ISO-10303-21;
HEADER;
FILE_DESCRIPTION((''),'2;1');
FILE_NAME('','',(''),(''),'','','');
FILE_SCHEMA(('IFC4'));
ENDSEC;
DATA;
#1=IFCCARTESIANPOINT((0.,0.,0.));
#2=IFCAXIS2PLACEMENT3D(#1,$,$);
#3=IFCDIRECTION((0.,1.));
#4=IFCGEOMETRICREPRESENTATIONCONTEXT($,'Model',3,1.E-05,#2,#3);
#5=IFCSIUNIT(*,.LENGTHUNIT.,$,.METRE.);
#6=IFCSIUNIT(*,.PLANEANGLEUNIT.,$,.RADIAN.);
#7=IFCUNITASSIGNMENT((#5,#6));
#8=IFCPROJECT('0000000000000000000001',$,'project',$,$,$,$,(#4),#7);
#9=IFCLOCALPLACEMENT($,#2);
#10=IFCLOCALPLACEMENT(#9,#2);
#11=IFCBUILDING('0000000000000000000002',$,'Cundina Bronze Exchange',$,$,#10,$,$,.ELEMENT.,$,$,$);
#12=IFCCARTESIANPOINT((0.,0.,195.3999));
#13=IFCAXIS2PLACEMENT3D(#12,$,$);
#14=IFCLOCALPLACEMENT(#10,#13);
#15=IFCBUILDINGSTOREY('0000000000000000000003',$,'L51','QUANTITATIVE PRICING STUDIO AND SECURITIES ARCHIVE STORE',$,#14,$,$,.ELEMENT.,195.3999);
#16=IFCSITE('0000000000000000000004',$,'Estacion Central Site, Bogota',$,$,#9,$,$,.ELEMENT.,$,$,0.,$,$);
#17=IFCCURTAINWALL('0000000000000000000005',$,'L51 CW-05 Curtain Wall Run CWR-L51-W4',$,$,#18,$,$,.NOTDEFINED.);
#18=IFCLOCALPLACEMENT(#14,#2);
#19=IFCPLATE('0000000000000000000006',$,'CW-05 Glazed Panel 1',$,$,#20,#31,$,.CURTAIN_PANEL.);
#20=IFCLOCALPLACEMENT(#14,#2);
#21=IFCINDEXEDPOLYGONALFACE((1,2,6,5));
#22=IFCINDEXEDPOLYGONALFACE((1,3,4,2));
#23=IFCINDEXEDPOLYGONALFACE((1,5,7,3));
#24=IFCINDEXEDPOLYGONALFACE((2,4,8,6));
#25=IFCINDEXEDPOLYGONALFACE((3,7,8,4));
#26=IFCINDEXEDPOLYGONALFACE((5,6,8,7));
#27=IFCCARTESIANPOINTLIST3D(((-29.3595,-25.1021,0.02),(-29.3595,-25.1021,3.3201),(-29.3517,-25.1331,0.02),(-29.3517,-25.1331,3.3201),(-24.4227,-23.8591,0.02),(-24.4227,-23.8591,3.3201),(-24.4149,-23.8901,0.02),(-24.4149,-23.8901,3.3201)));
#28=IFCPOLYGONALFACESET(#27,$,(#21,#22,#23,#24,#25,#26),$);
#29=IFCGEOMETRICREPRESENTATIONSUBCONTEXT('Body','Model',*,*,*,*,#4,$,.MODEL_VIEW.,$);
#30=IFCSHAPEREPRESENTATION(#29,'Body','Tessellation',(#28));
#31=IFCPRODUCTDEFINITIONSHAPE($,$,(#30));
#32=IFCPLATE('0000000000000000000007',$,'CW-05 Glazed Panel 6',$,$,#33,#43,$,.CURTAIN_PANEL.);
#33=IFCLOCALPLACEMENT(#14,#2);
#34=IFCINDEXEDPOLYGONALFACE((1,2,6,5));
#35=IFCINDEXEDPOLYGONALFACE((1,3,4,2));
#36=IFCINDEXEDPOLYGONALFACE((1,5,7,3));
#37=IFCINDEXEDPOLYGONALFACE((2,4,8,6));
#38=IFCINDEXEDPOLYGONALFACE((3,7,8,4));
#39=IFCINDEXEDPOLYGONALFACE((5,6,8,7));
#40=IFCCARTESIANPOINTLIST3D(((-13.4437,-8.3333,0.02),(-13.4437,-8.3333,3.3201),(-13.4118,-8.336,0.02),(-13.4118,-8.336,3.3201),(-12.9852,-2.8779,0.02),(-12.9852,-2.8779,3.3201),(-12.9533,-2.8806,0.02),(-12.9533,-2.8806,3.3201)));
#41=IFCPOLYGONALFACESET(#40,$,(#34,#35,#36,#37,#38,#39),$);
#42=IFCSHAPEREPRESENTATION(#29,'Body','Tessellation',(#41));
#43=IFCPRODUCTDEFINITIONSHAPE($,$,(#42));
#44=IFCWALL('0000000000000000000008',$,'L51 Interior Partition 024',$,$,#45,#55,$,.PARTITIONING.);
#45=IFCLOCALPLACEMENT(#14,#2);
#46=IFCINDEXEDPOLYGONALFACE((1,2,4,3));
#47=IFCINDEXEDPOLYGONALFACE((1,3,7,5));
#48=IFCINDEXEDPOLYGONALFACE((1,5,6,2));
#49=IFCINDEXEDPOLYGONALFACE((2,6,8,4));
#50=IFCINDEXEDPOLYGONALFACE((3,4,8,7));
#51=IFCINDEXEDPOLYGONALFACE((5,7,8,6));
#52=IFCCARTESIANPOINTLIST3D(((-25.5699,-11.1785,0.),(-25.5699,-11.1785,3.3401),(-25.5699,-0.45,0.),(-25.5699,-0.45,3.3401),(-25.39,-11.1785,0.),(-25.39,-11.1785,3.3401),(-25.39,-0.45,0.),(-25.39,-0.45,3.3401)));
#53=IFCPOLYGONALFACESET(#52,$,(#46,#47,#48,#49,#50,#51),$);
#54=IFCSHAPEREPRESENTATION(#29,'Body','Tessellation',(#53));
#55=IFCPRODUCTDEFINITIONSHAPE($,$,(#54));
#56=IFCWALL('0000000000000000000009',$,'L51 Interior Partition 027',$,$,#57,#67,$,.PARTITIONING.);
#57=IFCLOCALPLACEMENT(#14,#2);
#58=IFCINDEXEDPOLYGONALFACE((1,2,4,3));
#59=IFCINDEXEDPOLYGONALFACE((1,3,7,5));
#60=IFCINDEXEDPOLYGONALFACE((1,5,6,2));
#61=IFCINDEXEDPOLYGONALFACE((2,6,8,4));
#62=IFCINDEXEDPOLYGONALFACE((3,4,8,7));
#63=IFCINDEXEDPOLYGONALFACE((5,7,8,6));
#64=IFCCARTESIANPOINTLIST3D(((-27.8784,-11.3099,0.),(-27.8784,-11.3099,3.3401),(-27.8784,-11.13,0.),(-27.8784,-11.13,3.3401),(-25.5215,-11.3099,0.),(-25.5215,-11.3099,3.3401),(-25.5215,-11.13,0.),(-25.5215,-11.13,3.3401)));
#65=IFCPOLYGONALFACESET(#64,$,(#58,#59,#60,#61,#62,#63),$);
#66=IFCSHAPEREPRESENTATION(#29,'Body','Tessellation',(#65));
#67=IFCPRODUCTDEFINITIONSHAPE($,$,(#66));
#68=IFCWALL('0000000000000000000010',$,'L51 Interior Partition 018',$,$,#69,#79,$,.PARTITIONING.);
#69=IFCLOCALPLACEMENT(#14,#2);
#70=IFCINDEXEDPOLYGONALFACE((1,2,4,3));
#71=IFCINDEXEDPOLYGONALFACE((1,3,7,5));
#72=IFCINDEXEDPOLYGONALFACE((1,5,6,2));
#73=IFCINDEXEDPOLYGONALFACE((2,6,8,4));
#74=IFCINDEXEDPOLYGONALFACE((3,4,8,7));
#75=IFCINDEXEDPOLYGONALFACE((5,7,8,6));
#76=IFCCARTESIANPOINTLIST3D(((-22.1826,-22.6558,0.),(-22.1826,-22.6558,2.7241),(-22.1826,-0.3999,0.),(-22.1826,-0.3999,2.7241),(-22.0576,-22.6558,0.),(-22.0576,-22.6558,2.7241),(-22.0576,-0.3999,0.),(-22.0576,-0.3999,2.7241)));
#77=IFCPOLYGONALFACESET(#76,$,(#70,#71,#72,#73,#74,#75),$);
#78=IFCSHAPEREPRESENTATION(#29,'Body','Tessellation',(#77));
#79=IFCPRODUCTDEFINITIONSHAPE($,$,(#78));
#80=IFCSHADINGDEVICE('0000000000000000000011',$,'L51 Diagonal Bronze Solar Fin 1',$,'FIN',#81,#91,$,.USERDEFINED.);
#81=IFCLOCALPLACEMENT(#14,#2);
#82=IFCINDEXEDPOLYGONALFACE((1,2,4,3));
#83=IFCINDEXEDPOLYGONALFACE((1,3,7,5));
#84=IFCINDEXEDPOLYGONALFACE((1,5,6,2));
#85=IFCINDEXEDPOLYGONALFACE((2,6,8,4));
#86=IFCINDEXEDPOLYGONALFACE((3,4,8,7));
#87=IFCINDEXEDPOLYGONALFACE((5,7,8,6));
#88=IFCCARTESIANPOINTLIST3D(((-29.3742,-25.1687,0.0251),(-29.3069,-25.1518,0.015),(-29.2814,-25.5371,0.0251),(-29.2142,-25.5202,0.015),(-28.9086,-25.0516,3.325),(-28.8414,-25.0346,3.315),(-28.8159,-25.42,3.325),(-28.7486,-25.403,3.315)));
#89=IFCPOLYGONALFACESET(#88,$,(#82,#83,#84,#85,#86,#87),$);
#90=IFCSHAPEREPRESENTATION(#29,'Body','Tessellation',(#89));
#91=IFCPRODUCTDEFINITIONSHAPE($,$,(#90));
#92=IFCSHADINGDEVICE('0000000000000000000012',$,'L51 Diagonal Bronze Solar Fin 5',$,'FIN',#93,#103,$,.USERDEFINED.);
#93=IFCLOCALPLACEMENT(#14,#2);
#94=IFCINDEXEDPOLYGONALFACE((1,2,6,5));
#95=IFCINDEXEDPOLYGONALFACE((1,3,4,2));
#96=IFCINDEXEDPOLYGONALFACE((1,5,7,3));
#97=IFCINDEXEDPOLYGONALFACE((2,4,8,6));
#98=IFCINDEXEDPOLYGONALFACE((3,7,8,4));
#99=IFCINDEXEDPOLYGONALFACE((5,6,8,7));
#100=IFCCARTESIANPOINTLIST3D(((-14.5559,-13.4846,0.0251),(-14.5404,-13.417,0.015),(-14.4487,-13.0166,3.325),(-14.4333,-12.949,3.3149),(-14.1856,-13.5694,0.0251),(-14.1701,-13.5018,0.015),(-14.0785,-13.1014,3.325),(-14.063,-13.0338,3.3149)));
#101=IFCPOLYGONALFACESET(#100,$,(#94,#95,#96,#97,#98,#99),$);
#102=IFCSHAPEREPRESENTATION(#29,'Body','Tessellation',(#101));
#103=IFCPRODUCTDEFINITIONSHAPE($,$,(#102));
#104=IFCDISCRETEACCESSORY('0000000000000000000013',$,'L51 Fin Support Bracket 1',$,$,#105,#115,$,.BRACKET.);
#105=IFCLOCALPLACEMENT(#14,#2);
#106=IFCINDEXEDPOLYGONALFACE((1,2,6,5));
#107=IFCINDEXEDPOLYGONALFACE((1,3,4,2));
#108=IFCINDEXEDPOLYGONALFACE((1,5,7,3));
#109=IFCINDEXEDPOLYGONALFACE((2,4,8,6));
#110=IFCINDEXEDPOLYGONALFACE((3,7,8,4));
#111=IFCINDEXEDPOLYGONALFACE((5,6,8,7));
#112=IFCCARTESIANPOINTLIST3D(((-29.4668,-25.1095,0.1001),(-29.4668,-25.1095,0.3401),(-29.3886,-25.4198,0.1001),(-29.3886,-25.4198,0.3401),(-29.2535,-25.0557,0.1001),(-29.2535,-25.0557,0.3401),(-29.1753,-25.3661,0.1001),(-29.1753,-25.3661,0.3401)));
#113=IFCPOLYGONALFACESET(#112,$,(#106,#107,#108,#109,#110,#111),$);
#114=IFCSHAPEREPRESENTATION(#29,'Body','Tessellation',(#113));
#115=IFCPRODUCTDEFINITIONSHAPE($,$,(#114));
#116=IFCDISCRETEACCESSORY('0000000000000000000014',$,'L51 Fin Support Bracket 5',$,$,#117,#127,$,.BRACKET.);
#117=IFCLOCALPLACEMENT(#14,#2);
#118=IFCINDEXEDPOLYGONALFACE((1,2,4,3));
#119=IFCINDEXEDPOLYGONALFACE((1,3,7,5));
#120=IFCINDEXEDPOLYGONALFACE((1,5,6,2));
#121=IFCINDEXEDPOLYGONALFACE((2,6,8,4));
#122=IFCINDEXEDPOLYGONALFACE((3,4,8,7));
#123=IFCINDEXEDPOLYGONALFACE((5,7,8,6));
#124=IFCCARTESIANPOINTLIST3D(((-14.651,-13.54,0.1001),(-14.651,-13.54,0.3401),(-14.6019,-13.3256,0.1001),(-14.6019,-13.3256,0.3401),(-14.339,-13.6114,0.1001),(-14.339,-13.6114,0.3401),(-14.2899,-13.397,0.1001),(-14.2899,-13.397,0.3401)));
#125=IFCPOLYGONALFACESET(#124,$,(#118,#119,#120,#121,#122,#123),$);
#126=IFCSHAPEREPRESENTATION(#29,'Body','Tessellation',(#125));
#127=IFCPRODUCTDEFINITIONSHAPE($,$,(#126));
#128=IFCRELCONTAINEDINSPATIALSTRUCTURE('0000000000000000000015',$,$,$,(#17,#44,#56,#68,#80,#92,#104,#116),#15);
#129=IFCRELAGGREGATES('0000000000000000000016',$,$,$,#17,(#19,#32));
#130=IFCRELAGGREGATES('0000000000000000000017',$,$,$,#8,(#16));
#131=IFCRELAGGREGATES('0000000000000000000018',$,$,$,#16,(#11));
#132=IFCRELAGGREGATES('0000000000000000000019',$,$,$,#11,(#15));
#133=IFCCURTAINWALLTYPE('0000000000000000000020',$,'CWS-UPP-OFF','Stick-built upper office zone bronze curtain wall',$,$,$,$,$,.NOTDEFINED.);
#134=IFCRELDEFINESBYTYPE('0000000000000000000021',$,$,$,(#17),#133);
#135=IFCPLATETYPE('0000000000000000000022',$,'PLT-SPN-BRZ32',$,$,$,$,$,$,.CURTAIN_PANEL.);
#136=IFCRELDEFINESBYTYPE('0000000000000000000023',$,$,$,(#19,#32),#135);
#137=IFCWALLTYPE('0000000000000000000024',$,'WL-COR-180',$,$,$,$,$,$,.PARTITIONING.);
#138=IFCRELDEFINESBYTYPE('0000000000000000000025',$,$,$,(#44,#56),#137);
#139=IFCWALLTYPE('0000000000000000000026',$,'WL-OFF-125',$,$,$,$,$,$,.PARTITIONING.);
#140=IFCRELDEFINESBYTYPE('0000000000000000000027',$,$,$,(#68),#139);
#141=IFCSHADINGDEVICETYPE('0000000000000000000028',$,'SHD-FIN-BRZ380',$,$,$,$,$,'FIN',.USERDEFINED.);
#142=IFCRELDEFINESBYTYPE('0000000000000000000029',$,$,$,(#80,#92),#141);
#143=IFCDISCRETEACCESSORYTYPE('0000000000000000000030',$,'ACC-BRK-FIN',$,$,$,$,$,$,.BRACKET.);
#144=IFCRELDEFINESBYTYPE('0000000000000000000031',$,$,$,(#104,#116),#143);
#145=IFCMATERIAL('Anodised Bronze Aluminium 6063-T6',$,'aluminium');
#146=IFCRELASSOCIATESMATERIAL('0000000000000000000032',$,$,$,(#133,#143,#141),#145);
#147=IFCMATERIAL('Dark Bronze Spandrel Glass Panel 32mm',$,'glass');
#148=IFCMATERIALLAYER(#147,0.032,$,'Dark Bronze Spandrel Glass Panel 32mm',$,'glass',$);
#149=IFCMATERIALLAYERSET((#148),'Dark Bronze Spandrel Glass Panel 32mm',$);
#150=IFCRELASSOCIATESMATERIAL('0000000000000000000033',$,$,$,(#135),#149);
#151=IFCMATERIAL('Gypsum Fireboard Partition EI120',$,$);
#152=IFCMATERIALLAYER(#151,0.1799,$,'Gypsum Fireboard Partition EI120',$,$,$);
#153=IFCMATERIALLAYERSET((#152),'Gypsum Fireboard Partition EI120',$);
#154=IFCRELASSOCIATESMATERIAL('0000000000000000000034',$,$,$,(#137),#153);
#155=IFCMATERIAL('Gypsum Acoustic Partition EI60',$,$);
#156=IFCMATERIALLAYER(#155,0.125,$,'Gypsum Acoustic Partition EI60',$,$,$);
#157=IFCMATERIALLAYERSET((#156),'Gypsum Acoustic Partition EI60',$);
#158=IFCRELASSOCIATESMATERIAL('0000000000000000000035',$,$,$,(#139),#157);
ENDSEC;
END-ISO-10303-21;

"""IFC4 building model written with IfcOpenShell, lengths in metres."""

from ifc_helpers import new_model, si_unit, direction, frame, frame_2d, origin, origin_2d, place, context, subcontext, project, spatial, rectangle, extrude, material, layer, layer_set, material_profile, profile_set, type_object, element, aggregate, save


model = new_model("IFC4")

# Units and contexts
model_context = context("Model", 3, precision=1e-05, world=origin(), true_north=direction((0.0, 1.0)))
body_context = subcontext(model_context, "Body", "Model", "MODEL_VIEW")
ifc_project = project(units=[si_unit("LENGTHUNIT", "METRE"), si_unit("PLANEANGLEUNIT", "RADIAN")], contexts=[model_context])

# Site, building, storey
site_placement = place(None, origin())
site = spatial("IfcSite", under=ifc_project, at=site_placement, Name="Estacion Central Site, Bogota", CompositionType="ELEMENT", RefElevation=0.0)
building_placement = place(site_placement, origin())
building = spatial("IfcBuilding", under=site, at=building_placement, Name="Cundina Bronze Exchange", CompositionType="ELEMENT")
storey_placement = place(building_placement, frame((0.0, 0.0, 195.3999)))
storey = spatial("IfcBuildingStorey", under=building, at=storey_placement, Name="L51", Description="QUANTITATIVE PRICING STUDIO AND SECURITIES ARCHIVE STORE", CompositionType="ELEMENT", Elevation=195.3999)

# Curtain wall, plates
ifc_material_1 = material(Name="Anodised Bronze Aluminium 6063-T6", Category="aluminium")
curtain_wall_type = type_object("IfcCurtainWallType", Name="CWS-UPP-OFF", Description="Stick-built upper office zone bronze curtain wall", PredefinedType="NOTDEFINED", material=ifc_material_1)
curtain_wall_placement = place(storey_placement, origin())
curtain_wall = element("IfcCurtainWall", 1, at=curtain_wall_placement, inside=storey, type_object=curtain_wall_type, Name="L51 CW-05 Curtain Wall Run CWR-L51-W4", PredefinedType="NOTDEFINED")
ifc_material_2 = material(Name="Dark Bronze Spandrel Glass Panel 32mm", Category="glass")
ifc_layer_1 = layer(ifc_material_2, 0.032, Name="Dark Bronze Spandrel Glass Panel 32mm", Category="glass")
ifc_layer_set_1 = layer_set([ifc_layer_1], Name="Dark Bronze Spandrel Glass Panel 32mm")
plate_type_1 = type_object("IfcPlateType", Name="PLT-SPN-BRZ32", PredefinedType="CURTAIN_PANEL", material=ifc_layer_set_1)
plate_1_placement = place(storey_placement, frame((-26.8872, -24.4961, 0.02), z_axis=(0.0, 0.0, 1.0), x_axis=(0.969732, 0.244174, 0.0)))
plate_1 = element("IfcPlate", 2, at=plate_1_placement, type_object=plate_type_1, Name="CW-05 Glazed Panel 1", PredefinedType="CURTAIN_PANEL", context=body_context, shape_type="SweptSolid", body=[
    extrude(rectangle(XDim=5.0908, YDim=0.032, at=origin_2d()), origin(), (0.0, 0.0, 1.0), 3.3),
])
plate_2_placement = place(storey_placement, frame((-13.1985, -5.6069, 0.02), z_axis=(0.0, 0.0, 1.0), x_axis=(0.083747, 0.996487, 0.0)))
plate_2 = element("IfcPlate", 3, at=plate_2_placement, type_object=plate_type_1, Name="CW-05 Glazed Panel 6", PredefinedType="CURTAIN_PANEL", context=body_context, shape_type="SweptSolid", body=[
    extrude(rectangle(XDim=5.4746, YDim=0.032, at=origin_2d()), origin(), (0.0, 0.0, 1.0), 3.3),
])
aggregate(curtain_wall, [plate_1, plate_2])

# Walls
ifc_material_3 = material(Name="Gypsum Fireboard Partition EI120")
ifc_layer_2 = layer(ifc_material_3, 0.1799, Name="Gypsum Fireboard Partition EI120")
ifc_layer_set_2 = layer_set([ifc_layer_2], Name="Gypsum Fireboard Partition EI120")
wall_type_1 = type_object("IfcWallType", Name="WL-COR-180", PredefinedType="PARTITIONING", material=ifc_layer_set_2)
wall_1_placement = place(storey_placement, frame((-25.48, -11.1785, 0.0), z_axis=(0.0, 0.0, 1.0), x_axis=(0.0, 1.0, 0.0)))
element("IfcWall", 4, at=wall_1_placement, inside=storey, type_object=wall_type_1, Name="L51 Interior Partition 024", PredefinedType="PARTITIONING", context=body_context, shape_type="SweptSolid", body=[
    extrude(rectangle(XDim=10.7285, YDim=0.1799, at=frame_2d((5.3643, 0.0))), origin(), (0.0, 0.0, 1.0), 3.3401),
])
wall_2_placement = place(storey_placement, frame((-27.8784, -11.22, 0.0), z_axis=(0.0, 0.0, 1.0), x_axis=(1.0, 0.0, 0.0)))
element("IfcWall", 5, at=wall_2_placement, inside=storey, type_object=wall_type_1, Name="L51 Interior Partition 027", PredefinedType="PARTITIONING", context=body_context, shape_type="SweptSolid", body=[
    extrude(rectangle(XDim=2.3569, YDim=0.1799, at=frame_2d((1.1785, 0.0))), origin(), (0.0, 0.0, 1.0), 3.3401),
])
ifc_material_4 = material(Name="Gypsum Acoustic Partition EI60")
ifc_layer_3 = layer(ifc_material_4, 0.125, Name="Gypsum Acoustic Partition EI60")
ifc_layer_set_3 = layer_set([ifc_layer_3], Name="Gypsum Acoustic Partition EI60")
wall_type_2 = type_object("IfcWallType", Name="WL-OFF-125", PredefinedType="PARTITIONING", material=ifc_layer_set_3)
wall_3_placement = place(storey_placement, frame((-22.1201, -22.6558, 0.0), z_axis=(0.0, 0.0, 1.0), x_axis=(0.0, 1.0, 0.0)))
element("IfcWall", 6, at=wall_3_placement, inside=storey, type_object=wall_type_2, Name="L51 Interior Partition 018", PredefinedType="PARTITIONING", context=body_context, shape_type="SweptSolid", body=[
    extrude(rectangle(XDim=22.2559, YDim=0.125, at=frame_2d((11.1279, 0.0))), origin(), (0.0, 0.0, 1.0), 2.7241),
])

# Shading devices
ifc_material_profile_1 = material_profile(ifc_material_1, rectangle(XDim=0.0701, YDim=0.3799, at=origin_2d()), Name="FIN70X380", Category="aluminium")
ifc_profile_set_1 = profile_set([ifc_material_profile_1], Name="Anodised Bronze Aluminium 6063-T6")
shading_device_type = type_object("IfcShadingDeviceType", Name="SHD-FIN-BRZ380", ElementType="FIN", PredefinedType="USERDEFINED", material=ifc_profile_set_1)
for number, where, z_axis, x_axis, name in (
    (7, (-29.2942, -25.3445, 0.02), (0.139612, 0.035141, 0.989583), (-0.95965, -0.241548, 0.143967), "L51 Diagonal Bronze Solar Fin 1"),
    (8, (-14.363, -13.4932, 0.02), (0.032139, 0.140344, 0.989581), (-0.220899, -0.964611, 0.143977), "L51 Diagonal Bronze Solar Fin 5"),
):
    element("IfcShadingDevice", number, at=place(storey_placement, frame(where, z_axis=z_axis, x_axis=x_axis)), inside=storey, type_object=shading_device_type, Name=name, ObjectType="FIN", PredefinedType="USERDEFINED", context=body_context, shape_type="SweptSolid", body=[
        extrude(rectangle(XDim=0.0701, YDim=0.3799, at=origin_2d()), origin(), (0.0, 0.0, 1.0), 3.3347),
    ])

# Discrete accessories
discrete_accessory_type = type_object("IfcDiscreteAccessoryType", Name="ACC-BRK-FIN", PredefinedType="BRACKET", material=ifc_material_1)
for number, where, z_axis, x_axis, name in (
    (9, (-29.321, -25.2378, 0.1001), (0.0, 0.0, 1.0), (0.969732, 0.244174, 0.0), "L51 Fin Support Bracket 1"),
    (10, (-14.4705, -13.4685, 0.1001), (0.0, 0.0, 1.0), (0.223284, 0.974753, 0.0), "L51 Fin Support Bracket 5"),
):
    element("IfcDiscreteAccessory", number, at=place(storey_placement, frame(where, z_axis=z_axis, x_axis=x_axis)), inside=storey, type_object=discrete_accessory_type, Name=name, PredefinedType="BRACKET", context=body_context, shape_type="SweptSolid", body=[
        extrude(rectangle(XDim=0.22, YDim=0.3201, at=origin_2d()), origin(), (0.0, 0.0, 1.0), 0.24),
    ])

save(model, "model.ifc")
